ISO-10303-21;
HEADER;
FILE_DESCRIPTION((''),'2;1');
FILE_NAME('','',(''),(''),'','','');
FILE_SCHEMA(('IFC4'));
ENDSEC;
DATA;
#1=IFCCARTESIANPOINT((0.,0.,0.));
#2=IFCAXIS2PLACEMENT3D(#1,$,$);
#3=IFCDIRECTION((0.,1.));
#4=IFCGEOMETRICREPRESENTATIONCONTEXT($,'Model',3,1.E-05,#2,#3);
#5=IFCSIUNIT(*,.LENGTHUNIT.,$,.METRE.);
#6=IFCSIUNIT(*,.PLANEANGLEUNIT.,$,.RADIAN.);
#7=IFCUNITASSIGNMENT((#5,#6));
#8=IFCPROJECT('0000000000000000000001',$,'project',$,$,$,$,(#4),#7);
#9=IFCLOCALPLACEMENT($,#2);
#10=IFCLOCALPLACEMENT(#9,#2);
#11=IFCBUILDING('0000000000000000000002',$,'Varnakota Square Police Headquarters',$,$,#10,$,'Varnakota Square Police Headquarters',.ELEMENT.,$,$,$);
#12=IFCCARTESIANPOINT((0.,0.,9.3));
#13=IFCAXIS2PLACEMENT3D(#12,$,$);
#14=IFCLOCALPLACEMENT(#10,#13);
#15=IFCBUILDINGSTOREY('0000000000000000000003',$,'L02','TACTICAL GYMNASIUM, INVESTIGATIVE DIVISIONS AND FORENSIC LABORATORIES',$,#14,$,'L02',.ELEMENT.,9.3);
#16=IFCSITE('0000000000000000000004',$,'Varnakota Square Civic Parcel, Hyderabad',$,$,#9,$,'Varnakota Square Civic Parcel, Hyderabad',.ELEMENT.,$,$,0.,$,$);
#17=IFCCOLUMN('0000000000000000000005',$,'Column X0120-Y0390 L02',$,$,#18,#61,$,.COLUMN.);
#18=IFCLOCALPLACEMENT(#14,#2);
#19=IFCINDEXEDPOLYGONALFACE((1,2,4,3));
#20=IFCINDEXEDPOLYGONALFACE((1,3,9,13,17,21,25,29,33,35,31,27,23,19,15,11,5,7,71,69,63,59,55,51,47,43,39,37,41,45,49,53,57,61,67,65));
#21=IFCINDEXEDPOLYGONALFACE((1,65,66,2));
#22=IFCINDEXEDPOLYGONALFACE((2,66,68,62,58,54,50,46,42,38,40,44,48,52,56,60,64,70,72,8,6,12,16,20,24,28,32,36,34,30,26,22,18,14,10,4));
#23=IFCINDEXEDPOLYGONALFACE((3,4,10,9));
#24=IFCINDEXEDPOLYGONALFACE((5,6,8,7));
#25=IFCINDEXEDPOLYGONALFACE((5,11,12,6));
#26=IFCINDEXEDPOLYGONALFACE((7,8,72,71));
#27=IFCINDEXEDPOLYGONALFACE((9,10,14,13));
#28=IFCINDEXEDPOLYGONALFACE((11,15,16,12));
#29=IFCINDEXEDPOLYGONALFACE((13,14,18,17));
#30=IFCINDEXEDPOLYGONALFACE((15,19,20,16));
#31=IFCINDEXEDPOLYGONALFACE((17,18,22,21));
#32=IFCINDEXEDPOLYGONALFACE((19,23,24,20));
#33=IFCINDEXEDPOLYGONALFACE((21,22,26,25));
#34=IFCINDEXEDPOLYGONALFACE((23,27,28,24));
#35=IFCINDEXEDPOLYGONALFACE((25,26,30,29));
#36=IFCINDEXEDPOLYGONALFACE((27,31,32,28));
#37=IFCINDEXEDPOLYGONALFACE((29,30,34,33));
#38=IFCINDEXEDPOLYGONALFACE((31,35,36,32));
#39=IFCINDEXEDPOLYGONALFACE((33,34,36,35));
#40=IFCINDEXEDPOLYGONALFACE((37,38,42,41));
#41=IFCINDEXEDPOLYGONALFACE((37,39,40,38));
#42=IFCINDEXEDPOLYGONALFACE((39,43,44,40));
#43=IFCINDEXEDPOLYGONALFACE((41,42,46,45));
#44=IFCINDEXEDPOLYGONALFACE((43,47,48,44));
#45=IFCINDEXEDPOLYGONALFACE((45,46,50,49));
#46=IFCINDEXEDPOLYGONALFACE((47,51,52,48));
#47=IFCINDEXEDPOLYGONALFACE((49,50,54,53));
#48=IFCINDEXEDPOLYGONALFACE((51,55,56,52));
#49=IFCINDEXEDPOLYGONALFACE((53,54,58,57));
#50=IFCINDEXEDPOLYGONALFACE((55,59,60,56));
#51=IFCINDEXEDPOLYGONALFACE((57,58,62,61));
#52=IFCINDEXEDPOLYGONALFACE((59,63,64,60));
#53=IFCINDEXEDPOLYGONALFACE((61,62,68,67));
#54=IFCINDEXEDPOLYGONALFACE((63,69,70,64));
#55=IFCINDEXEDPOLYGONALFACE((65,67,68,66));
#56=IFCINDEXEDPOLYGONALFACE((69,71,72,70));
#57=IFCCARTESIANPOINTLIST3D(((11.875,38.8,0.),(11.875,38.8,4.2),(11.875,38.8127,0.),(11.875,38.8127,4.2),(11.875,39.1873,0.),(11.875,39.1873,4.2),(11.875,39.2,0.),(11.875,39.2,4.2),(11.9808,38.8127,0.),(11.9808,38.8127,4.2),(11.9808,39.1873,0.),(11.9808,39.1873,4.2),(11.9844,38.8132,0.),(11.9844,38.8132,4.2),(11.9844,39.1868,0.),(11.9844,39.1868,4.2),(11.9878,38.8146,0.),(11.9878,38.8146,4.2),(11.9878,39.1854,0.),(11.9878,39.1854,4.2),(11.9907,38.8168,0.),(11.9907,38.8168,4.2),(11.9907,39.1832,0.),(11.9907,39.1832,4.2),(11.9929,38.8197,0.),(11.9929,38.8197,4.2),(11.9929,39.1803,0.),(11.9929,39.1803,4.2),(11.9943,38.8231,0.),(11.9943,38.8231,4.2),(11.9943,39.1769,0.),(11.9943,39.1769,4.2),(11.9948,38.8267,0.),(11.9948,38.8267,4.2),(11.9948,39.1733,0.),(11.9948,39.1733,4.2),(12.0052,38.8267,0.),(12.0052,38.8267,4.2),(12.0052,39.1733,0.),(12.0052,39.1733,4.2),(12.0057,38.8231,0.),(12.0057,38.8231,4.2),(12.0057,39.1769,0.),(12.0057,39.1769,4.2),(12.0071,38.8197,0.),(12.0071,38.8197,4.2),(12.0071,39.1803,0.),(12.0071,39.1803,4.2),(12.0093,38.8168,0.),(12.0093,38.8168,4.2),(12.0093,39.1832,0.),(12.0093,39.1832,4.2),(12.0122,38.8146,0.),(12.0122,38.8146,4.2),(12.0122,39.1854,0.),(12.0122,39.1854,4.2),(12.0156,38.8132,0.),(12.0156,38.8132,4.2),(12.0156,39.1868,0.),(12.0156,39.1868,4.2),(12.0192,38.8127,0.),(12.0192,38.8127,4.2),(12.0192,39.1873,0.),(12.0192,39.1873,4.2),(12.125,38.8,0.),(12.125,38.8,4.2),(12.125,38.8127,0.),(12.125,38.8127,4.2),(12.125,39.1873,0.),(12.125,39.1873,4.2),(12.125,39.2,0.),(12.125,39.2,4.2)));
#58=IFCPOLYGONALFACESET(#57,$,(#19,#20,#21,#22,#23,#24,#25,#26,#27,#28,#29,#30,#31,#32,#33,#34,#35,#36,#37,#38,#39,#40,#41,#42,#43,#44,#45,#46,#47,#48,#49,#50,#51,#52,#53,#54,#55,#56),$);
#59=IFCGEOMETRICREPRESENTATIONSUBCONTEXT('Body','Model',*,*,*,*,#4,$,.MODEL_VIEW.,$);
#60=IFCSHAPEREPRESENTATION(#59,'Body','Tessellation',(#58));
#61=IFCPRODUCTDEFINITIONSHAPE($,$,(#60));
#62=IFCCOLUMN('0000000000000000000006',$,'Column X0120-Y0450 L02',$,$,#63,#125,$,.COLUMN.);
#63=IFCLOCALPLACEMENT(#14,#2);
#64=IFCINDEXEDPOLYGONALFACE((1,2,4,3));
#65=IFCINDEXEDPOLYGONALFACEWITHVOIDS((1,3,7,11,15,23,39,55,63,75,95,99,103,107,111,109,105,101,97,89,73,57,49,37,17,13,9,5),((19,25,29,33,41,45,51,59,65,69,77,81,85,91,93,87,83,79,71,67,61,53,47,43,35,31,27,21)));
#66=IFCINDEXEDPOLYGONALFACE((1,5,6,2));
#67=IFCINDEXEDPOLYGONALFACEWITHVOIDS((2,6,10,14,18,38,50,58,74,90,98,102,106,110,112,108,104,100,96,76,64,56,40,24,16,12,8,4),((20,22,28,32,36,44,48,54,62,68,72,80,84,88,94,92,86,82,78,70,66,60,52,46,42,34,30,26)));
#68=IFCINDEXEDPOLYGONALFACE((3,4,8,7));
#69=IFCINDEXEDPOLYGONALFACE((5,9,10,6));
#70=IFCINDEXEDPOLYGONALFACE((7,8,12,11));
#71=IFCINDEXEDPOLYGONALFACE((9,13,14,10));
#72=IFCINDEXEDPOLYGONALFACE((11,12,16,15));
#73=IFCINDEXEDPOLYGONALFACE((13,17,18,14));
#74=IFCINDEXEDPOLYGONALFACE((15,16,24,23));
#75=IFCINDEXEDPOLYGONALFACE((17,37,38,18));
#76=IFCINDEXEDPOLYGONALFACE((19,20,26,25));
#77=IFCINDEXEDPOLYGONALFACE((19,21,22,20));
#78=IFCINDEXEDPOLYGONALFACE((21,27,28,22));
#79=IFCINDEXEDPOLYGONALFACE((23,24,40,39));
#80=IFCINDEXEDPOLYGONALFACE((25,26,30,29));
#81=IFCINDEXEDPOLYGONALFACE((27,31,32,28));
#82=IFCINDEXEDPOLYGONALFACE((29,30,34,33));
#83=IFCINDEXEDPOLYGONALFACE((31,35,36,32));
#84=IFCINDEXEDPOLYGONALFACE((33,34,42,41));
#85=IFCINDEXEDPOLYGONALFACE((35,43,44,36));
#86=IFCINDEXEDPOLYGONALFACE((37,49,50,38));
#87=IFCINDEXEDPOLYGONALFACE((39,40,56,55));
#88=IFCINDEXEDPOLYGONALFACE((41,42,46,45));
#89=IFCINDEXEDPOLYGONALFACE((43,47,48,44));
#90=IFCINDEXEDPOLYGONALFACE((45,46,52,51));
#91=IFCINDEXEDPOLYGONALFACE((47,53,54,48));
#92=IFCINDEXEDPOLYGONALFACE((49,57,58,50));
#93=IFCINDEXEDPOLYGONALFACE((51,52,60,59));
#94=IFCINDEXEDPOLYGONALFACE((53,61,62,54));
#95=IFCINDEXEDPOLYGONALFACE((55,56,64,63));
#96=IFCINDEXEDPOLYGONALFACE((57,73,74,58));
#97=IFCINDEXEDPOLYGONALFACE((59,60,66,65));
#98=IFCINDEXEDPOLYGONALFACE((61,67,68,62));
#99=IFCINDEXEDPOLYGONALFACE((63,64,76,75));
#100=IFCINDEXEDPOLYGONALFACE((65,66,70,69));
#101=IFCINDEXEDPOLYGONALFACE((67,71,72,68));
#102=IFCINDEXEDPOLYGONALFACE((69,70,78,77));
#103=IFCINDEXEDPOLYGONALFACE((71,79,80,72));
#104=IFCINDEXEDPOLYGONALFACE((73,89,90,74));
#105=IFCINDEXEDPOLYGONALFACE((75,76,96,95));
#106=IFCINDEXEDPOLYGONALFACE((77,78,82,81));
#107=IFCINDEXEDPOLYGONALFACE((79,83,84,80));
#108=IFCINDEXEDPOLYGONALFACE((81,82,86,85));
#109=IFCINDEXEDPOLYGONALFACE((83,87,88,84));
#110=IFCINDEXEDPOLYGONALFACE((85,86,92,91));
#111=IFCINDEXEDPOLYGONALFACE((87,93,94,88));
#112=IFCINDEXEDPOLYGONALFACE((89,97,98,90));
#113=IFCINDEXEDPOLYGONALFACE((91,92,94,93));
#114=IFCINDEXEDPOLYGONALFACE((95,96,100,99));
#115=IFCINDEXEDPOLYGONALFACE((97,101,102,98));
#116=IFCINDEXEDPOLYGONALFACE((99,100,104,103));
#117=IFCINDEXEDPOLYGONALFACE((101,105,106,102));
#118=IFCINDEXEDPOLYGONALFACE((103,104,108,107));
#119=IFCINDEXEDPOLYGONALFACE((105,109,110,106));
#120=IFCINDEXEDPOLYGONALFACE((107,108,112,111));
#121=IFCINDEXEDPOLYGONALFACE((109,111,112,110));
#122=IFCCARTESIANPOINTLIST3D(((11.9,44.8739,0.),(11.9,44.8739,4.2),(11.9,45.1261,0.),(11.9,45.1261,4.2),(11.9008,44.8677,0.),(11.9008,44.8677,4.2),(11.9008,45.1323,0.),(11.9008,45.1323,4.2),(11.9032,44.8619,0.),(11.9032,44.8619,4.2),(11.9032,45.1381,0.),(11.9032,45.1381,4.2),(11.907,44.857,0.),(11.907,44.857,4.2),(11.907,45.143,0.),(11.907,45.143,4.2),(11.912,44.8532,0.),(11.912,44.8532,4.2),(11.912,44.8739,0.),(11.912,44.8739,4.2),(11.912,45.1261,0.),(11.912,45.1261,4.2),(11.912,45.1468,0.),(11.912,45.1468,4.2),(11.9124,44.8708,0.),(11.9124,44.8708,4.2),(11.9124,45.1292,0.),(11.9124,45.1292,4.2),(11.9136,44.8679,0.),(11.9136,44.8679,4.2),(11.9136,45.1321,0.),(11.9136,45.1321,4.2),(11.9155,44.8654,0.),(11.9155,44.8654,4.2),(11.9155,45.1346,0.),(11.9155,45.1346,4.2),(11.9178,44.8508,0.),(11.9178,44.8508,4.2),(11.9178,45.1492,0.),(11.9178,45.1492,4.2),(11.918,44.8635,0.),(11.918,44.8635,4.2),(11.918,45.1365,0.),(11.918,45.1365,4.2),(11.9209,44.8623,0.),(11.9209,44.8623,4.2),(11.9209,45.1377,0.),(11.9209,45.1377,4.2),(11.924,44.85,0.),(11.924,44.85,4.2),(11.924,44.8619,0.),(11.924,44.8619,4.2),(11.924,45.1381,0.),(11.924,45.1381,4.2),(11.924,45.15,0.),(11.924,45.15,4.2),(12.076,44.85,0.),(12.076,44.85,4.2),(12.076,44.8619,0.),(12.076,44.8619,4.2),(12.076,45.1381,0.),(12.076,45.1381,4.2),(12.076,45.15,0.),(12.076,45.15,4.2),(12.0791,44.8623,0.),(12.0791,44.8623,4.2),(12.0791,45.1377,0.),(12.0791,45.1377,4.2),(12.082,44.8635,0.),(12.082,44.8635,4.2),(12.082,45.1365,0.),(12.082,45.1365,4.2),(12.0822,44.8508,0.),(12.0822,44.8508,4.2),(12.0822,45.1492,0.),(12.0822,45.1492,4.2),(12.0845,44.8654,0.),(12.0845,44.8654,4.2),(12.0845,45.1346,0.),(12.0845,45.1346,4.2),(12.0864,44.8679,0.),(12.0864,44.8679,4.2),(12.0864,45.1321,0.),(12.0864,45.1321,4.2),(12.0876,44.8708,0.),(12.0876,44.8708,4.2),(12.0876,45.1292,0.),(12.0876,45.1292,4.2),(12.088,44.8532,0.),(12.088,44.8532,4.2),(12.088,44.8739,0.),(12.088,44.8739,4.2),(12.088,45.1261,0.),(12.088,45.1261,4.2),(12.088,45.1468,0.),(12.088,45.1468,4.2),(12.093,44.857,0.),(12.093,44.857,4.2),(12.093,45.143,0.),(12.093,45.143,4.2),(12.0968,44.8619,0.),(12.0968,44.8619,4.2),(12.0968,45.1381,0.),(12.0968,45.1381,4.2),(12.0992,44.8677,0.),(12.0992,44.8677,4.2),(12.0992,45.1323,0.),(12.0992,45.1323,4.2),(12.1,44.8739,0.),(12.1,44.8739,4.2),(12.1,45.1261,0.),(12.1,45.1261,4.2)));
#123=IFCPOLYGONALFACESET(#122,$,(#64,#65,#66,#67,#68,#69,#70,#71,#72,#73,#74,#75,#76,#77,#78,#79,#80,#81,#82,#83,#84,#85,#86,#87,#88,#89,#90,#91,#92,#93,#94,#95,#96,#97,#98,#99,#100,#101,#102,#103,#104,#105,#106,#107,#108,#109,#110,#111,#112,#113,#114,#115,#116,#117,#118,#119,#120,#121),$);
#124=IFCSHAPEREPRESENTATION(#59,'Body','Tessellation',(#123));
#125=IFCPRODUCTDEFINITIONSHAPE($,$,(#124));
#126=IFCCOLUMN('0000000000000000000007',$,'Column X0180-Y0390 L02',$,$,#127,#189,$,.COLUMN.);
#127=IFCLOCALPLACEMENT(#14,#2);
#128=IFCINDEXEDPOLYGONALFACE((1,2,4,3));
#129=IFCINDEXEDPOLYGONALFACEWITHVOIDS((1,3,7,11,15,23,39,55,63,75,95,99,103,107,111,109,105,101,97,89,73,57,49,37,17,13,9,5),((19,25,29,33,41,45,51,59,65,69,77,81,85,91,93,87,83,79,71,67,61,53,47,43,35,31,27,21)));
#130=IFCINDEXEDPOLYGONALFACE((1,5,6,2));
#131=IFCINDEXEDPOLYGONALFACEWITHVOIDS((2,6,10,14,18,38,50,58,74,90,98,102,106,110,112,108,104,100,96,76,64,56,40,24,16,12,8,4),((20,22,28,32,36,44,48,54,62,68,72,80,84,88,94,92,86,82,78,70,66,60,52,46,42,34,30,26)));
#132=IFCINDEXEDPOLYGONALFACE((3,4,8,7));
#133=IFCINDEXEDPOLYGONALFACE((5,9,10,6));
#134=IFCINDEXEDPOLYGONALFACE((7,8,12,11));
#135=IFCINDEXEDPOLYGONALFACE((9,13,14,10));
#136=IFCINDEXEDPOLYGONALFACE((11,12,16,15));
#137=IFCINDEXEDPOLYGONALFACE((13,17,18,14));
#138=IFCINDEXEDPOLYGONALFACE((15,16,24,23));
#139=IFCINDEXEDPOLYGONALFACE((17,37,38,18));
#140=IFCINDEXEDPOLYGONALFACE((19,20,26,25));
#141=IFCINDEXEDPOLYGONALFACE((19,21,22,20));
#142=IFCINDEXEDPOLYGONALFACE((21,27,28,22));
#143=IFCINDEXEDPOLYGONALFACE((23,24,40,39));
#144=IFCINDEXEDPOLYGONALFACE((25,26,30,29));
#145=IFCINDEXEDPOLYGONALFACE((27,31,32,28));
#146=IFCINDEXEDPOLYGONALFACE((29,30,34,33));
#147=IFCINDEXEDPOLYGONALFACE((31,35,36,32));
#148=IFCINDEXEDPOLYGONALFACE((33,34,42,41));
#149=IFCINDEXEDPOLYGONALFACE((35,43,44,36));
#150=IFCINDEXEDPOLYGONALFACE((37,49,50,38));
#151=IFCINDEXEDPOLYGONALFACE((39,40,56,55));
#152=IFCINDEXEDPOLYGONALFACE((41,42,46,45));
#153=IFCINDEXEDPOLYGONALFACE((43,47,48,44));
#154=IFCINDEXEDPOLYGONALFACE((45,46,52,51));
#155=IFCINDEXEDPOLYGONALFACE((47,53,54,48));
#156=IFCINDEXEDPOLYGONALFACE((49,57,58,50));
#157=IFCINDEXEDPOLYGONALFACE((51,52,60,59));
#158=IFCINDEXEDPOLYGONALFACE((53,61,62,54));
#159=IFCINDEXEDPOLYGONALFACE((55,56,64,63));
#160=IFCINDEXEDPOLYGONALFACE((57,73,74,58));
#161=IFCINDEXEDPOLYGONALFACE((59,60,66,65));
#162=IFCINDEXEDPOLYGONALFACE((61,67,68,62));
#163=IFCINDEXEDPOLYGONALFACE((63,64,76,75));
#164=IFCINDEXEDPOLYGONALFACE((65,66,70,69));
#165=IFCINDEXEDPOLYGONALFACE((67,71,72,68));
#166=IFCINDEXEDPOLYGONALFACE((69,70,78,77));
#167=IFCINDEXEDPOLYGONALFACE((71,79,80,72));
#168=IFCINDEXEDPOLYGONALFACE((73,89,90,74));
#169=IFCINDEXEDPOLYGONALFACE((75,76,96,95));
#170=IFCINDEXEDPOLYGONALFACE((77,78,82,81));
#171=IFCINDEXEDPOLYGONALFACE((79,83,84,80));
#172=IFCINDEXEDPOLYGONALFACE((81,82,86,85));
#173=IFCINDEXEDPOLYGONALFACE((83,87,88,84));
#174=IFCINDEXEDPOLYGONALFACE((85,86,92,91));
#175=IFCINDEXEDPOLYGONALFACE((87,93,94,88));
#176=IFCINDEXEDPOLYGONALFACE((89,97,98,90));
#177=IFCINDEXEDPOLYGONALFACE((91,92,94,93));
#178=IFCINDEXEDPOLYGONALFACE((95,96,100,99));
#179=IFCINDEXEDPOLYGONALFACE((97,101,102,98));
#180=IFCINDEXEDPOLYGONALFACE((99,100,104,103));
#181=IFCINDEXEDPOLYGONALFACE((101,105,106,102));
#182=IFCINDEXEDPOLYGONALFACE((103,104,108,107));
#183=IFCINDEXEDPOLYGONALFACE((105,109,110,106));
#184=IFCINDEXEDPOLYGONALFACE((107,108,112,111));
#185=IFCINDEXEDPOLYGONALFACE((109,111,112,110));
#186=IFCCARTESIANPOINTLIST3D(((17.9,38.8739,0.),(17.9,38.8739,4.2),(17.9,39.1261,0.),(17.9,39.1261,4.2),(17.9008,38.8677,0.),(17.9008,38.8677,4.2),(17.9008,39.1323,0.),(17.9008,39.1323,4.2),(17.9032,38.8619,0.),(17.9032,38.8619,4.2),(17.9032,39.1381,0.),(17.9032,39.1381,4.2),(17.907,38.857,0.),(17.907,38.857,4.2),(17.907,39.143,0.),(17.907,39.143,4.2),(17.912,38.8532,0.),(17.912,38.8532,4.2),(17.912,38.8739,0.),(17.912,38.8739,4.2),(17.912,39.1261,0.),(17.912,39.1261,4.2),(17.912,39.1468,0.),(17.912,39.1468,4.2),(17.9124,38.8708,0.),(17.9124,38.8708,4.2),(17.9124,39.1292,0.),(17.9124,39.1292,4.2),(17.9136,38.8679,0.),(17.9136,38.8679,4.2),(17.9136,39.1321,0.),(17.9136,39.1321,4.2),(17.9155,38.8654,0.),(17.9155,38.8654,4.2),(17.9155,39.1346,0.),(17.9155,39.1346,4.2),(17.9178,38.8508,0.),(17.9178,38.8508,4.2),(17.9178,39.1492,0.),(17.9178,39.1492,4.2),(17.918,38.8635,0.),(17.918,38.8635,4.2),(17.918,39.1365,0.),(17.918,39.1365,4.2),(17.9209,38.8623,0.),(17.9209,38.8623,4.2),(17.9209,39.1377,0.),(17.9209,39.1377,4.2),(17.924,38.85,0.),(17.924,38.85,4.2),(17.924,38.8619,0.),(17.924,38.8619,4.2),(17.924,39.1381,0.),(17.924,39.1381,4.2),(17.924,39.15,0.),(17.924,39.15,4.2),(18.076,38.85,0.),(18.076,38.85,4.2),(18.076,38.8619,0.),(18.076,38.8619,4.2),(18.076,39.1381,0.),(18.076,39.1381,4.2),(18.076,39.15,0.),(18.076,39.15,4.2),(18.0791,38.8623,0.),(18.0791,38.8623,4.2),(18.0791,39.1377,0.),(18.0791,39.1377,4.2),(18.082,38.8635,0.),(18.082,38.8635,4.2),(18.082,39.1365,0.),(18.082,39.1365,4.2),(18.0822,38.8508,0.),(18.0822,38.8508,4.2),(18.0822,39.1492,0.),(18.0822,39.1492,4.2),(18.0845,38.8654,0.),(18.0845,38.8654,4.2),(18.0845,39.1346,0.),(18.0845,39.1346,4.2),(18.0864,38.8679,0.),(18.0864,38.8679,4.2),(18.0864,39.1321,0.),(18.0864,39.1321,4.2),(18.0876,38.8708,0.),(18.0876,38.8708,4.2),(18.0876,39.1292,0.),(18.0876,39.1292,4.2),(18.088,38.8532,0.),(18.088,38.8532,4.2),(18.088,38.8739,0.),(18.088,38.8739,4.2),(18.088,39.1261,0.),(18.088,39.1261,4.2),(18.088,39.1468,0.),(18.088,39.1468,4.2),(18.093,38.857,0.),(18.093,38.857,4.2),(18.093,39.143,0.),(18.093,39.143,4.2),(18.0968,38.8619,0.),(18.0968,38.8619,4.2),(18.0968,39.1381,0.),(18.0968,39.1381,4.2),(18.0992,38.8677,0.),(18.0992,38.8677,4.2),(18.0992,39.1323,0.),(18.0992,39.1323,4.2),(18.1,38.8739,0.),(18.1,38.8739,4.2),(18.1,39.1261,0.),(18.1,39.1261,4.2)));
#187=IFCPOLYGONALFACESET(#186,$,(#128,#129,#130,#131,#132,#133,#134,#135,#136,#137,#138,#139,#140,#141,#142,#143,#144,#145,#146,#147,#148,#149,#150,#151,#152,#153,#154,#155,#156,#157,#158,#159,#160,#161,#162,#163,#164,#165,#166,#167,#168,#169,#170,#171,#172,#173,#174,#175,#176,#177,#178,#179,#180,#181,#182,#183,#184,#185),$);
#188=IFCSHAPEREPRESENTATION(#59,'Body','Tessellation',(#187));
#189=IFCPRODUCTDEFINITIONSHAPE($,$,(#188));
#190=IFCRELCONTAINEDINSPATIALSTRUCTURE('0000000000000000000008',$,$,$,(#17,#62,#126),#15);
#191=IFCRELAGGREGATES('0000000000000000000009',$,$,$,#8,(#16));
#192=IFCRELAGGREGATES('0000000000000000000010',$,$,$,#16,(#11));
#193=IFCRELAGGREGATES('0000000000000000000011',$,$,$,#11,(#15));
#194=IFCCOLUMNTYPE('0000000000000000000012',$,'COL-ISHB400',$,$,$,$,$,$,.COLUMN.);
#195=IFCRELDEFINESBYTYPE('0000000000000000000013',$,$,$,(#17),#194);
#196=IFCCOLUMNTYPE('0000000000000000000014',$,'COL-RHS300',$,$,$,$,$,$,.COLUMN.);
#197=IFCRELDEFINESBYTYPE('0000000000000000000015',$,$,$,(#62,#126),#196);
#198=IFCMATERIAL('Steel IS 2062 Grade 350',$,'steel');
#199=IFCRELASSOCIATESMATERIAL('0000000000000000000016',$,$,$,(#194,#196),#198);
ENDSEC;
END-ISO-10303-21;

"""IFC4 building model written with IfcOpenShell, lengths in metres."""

from ifc_helpers import new_model, si_unit, direction, frame, origin, origin_2d, place, context, subcontext, project, spatial, hollow_rectangle, i_section, extrude, material, material_profile, profile_set, type_object, element, save


model = new_model("IFC4")

# Units and contexts
model_context = context("Model", 3, precision=1e-05, world=origin(), true_north=direction((0.0, 1.0)))
body_context = subcontext(model_context, "Body", "Model", "MODEL_VIEW")
ifc_project = project(units=[si_unit("LENGTHUNIT", "METRE"), si_unit("PLANEANGLEUNIT", "RADIAN")], contexts=[model_context])

# Site, building, storey
site_placement = place(None, origin())
site = spatial("IfcSite", under=ifc_project, at=site_placement, Name="Varnakota Square Civic Parcel, Hyderabad", LongName="Varnakota Square Civic Parcel, Hyderabad", CompositionType="ELEMENT", RefElevation=0.0)
building_placement = place(site_placement, origin())
building = spatial("IfcBuilding", under=site, at=building_placement, Name="Varnakota Square Police Headquarters", LongName="Varnakota Square Police Headquarters", CompositionType="ELEMENT")
storey_placement = place(building_placement, frame((0.0, 0.0, 9.3)))
storey = spatial("IfcBuildingStorey", under=building, at=storey_placement, Name="L02", Description="TACTICAL GYMNASIUM, INVESTIGATIVE DIVISIONS AND FORENSIC LABORATORIES", LongName="L02", CompositionType="ELEMENT", Elevation=9.3)

# Columns
ifc_material_1 = material(Name="Steel IS 2062 Grade 350", Category="steel")
ifc_material_profile_1 = material_profile(ifc_material_1, i_section(OverallWidth=0.25, OverallDepth=0.3999, WebThickness=0.0105, FlangeThickness=0.0127, FilletRadius=0.0139, at=origin_2d()), Name="ISHB 400")
ifc_profile_set_1 = profile_set([ifc_material_profile_1], Name="Steel IS 2062 Grade 350")
column_type_1 = type_object("IfcColumnType", Name="COL-ISHB400", PredefinedType="COLUMN", material=ifc_profile_set_1)
column_placement = place(storey_placement, frame((12.0, 39.0, 0.0), z_axis=(0.0, 0.0, 1.0), x_axis=(1.0, 0.0, 0.0)))
element("IfcColumn", 1, at=column_placement, inside=storey, type_object=column_type_1, Name="Column X0120-Y0390 L02", PredefinedType="COLUMN", context=body_context, shape_type="SweptSolid", body=[
    extrude(i_section(OverallWidth=0.25, OverallDepth=0.3999, WebThickness=0.0105, FlangeThickness=0.0127, FilletRadius=0.0139, at=origin_2d()), origin(), (0.0, 0.0, 1.0), 4.2),
])
ifc_material_profile_2 = material_profile(ifc_material_1, hollow_rectangle(XDim=0.2, YDim=0.3, WallThickness=0.012, InnerFilletRadius=0.012, OuterFilletRadius=0.0239, at=origin_2d()), Name="RHS 300x200x12")
ifc_profile_set_2 = profile_set([ifc_material_profile_2], Name="Steel IS 2062 Grade 350")
column_type_2 = type_object("IfcColumnType", Name="COL-RHS300", PredefinedType="COLUMN", material=ifc_profile_set_2)
for number, where, z_axis, x_axis, name in (
    (2, (12.0, 45.0, 0.0), (0.0, 0.0, 1.0), (1.0, 0.0, 0.0), "Column X0120-Y0450 L02"),
    (3, (18.0, 39.0, 0.0), (0.0, 0.0, 1.0), (1.0, 0.0, 0.0), "Column X0180-Y0390 L02"),
):
    element("IfcColumn", number, at=place(storey_placement, frame(where, z_axis=z_axis, x_axis=x_axis)), inside=storey, type_object=column_type_2, Name=name, PredefinedType="COLUMN", context=body_context, shape_type="SweptSolid", body=[
        extrude(hollow_rectangle(XDim=0.2, YDim=0.3, WallThickness=0.012, InnerFilletRadius=0.012, OuterFilletRadius=0.0239, at=origin_2d()), origin(), (0.0, 0.0, 1.0), 4.2),
    ])

save(model, "model.ifc")
